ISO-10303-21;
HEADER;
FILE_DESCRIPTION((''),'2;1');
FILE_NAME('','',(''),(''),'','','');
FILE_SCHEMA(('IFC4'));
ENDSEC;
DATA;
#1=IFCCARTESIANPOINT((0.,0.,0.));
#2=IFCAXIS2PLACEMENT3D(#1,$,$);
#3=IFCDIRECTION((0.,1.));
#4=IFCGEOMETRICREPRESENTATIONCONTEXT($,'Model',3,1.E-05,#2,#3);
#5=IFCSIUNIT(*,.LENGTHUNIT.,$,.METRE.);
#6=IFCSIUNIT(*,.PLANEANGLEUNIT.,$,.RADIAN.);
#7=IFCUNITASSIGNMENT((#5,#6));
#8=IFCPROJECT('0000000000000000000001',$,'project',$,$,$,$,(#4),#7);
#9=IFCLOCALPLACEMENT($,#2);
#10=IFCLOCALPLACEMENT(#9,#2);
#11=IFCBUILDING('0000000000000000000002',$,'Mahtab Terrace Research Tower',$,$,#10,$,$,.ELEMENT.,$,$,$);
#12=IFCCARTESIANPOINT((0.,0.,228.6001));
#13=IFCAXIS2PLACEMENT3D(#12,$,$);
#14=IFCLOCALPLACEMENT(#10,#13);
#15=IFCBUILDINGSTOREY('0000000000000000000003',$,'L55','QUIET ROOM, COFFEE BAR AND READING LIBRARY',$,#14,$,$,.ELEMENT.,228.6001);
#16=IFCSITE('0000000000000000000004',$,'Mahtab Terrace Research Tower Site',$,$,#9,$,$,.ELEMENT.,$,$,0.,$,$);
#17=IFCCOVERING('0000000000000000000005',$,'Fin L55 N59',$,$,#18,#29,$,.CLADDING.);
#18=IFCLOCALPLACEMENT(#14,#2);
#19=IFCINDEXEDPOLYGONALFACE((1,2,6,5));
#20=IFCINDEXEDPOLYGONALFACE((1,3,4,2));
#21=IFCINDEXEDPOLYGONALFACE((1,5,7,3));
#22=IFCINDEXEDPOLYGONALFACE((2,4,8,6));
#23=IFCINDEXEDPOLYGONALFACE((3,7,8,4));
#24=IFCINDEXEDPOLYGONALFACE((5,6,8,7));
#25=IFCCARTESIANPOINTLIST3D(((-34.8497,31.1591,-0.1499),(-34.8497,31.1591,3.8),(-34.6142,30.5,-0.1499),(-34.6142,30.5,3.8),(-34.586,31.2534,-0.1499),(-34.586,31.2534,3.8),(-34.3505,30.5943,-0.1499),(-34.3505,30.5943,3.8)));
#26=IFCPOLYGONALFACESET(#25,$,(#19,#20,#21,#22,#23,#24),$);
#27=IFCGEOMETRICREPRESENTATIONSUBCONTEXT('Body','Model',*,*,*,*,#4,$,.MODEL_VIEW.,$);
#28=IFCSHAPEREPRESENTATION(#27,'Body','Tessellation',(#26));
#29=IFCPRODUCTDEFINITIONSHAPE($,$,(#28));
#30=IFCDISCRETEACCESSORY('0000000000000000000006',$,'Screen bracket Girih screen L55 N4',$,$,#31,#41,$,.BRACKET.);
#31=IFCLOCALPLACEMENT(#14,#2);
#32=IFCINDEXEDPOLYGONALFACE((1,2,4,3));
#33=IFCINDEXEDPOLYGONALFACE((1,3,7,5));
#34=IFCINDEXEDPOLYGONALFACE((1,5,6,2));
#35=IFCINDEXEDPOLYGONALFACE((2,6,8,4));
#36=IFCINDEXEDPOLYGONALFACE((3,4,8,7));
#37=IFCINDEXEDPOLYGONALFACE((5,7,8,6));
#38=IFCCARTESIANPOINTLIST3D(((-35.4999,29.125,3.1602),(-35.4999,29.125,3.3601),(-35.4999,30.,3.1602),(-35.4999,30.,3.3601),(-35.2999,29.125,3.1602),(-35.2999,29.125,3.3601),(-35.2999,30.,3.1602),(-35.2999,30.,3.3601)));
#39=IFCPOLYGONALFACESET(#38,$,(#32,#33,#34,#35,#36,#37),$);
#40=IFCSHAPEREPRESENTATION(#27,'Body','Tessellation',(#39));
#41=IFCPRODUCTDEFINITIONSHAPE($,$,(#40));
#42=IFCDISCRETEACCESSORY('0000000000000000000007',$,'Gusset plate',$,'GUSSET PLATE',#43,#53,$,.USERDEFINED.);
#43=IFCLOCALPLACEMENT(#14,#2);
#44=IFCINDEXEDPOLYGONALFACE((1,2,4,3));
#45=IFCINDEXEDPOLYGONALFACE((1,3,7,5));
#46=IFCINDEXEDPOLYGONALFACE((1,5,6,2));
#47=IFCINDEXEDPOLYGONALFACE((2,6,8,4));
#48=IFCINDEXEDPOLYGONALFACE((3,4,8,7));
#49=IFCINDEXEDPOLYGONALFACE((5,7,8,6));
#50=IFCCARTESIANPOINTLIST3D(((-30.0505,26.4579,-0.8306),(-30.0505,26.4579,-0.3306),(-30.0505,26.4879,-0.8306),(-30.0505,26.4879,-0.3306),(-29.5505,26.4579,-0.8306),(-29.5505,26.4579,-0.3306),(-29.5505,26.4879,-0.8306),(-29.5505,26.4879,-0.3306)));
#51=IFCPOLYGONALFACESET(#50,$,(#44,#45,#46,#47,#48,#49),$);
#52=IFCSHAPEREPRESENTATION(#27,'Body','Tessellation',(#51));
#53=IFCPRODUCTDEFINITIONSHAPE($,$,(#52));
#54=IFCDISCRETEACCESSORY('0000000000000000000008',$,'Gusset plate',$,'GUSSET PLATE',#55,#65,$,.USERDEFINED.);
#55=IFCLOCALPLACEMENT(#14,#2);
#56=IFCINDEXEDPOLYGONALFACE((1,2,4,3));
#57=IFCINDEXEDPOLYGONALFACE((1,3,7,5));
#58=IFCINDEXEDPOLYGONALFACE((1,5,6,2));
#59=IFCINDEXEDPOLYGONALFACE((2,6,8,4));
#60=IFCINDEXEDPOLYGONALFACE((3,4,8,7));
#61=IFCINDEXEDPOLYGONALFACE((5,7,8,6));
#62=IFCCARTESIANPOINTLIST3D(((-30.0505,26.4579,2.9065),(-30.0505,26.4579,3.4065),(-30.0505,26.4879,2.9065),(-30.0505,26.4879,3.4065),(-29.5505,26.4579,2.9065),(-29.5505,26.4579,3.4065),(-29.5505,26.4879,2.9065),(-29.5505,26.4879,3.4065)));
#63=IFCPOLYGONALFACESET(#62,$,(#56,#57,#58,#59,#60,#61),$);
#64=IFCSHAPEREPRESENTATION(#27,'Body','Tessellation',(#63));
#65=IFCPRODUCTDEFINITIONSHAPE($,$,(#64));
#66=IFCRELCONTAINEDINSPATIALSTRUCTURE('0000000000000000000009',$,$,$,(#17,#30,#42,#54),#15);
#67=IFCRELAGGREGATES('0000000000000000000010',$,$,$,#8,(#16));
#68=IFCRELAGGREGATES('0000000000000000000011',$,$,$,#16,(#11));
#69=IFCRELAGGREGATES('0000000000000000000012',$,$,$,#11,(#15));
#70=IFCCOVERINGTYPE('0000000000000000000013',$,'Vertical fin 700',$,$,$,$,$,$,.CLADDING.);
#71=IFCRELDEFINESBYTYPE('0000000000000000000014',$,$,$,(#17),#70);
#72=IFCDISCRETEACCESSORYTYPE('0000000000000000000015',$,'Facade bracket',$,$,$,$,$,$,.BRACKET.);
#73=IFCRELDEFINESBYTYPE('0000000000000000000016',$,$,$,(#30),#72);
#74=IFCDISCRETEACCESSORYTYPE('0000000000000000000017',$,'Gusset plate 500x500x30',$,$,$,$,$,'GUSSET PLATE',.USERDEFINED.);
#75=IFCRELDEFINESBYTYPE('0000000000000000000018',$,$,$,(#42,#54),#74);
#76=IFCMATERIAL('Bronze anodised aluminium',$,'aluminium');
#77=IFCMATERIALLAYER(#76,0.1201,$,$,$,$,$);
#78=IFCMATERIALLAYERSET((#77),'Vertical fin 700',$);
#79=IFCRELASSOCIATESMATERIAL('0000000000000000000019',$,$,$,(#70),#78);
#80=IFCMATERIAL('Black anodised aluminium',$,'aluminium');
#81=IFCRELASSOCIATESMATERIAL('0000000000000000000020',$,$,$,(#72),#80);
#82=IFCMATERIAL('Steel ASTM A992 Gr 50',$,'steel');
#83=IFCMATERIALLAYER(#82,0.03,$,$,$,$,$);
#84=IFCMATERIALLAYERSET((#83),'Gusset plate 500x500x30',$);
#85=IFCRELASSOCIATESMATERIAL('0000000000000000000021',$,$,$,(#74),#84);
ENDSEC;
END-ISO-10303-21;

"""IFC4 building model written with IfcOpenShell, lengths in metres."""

from ifc_helpers import new_model, si_unit, direction, frame, origin, origin_2d, place, context, subcontext, project, spatial, rectangle, extrude, material, layer, layer_set, type_object, element, save


model = new_model("IFC4")

# Units and contexts
model_context = context("Model", 3, precision=1e-05, world=origin(), true_north=direction((0.0, 1.0)))
body_context = subcontext(model_context, "Body", "Model", "MODEL_VIEW")
ifc_project = project(units=[si_unit("LENGTHUNIT", "METRE"), si_unit("PLANEANGLEUNIT", "RADIAN")], contexts=[model_context])

# Site, building, storey
site_placement = place(None, origin())
site = spatial("IfcSite", under=ifc_project, at=site_placement, Name="Mahtab Terrace Research Tower Site", CompositionType="ELEMENT", RefElevation=0.0)
building_placement = place(site_placement, origin())
building = spatial("IfcBuilding", under=site, at=building_placement, Name="Mahtab Terrace Research Tower", CompositionType="ELEMENT")
storey_placement = place(building_placement, frame((0.0, 0.0, 228.6001)))
storey = spatial("IfcBuildingStorey", under=building, at=storey_placement, Name="L55", Description="QUIET ROOM, COFFEE BAR AND READING LIBRARY", CompositionType="ELEMENT", Elevation=228.6001)

# Shared definitions
ifc_material_1 = material(Name="Steel ASTM A992 Gr 50", Category="steel")

# Covering
ifc_material_2 = material(Name="Bronze anodised aluminium", Category="aluminium")
ifc_layer_1 = layer(ifc_material_2, 0.1201)
ifc_layer_set_1 = layer_set([ifc_layer_1], Name="Vertical fin 700")
covering_type = type_object("IfcCoveringType", Name="Vertical fin 700", PredefinedType="CLADDING", material=ifc_layer_set_1)
for number, where, z_axis, x_axis, name in (
    (1, (-34.6001, 30.8767, -0.1499), (0.0, 0.0, 1.0), (-0.941666, -0.336547, 0.0), "Fin L55 N59"),
):
    element("IfcCovering", number, at=place(storey_placement, frame(where, z_axis=z_axis, x_axis=x_axis)), inside=storey, type_object=covering_type, Name=name, PredefinedType="CLADDING", context=body_context, shape_type="SweptSolid", body=[
        extrude(rectangle(XDim=0.28, YDim=0.7, at=origin_2d()), origin(), (0.0, 0.0, 1.0), 3.95),
    ])

# Discrete accessories
ifc_material_3 = material(Name="Black anodised aluminium", Category="aluminium")
discrete_accessory_type_1 = type_object("IfcDiscreteAccessoryType", Name="Facade bracket", PredefinedType="BRACKET", material=ifc_material_3)
discrete_accessory_placement = place(storey_placement, frame((-35.3999, 29.5625, 3.1602), z_axis=(0.0, 0.0, 1.0), x_axis=(-1.0, 0.0, 0.0)))
element("IfcDiscreteAccessory", 2, at=discrete_accessory_placement, inside=storey, type_object=discrete_accessory_type_1, Name="Screen bracket Girih screen L55 N4", PredefinedType="BRACKET", context=body_context, shape_type="SweptSolid", body=[
    extrude(rectangle(XDim=0.2, YDim=0.875, at=origin_2d()), origin(), (0.0, 0.0, 1.0), 0.2),
])
ifc_layer_2 = layer(ifc_material_1, 0.03)
ifc_layer_set_2 = layer_set([ifc_layer_2], Name="Gusset plate 500x500x30")
discrete_accessory_type_2 = type_object("IfcDiscreteAccessoryType", Name="Gusset plate 500x500x30", ElementType="GUSSET PLATE", PredefinedType="USERDEFINED", material=ifc_layer_set_2)
for number, where, z_axis, x_axis, name in (
    (3, (-29.8005, 26.4729, -0.8306), (0.0, 0.0, 1.0), (1.0, 0.0, 0.0), "Gusset plate"),
    (4, (-29.8005, 26.4729, 2.9065), (0.0, 0.0, 1.0), (1.0, 0.0, 0.0), "Gusset plate"),
):
    element("IfcDiscreteAccessory", number, at=place(storey_placement, frame(where, z_axis=z_axis, x_axis=x_axis)), inside=storey, type_object=discrete_accessory_type_2, Name=name, ObjectType="GUSSET PLATE", PredefinedType="USERDEFINED", context=body_context, shape_type="SweptSolid", body=[
        extrude(rectangle(XDim=0.5, YDim=0.03, at=origin_2d()), origin(), (0.0, 0.0, 1.0), 0.5),
    ])

save(model, "model.ifc")
